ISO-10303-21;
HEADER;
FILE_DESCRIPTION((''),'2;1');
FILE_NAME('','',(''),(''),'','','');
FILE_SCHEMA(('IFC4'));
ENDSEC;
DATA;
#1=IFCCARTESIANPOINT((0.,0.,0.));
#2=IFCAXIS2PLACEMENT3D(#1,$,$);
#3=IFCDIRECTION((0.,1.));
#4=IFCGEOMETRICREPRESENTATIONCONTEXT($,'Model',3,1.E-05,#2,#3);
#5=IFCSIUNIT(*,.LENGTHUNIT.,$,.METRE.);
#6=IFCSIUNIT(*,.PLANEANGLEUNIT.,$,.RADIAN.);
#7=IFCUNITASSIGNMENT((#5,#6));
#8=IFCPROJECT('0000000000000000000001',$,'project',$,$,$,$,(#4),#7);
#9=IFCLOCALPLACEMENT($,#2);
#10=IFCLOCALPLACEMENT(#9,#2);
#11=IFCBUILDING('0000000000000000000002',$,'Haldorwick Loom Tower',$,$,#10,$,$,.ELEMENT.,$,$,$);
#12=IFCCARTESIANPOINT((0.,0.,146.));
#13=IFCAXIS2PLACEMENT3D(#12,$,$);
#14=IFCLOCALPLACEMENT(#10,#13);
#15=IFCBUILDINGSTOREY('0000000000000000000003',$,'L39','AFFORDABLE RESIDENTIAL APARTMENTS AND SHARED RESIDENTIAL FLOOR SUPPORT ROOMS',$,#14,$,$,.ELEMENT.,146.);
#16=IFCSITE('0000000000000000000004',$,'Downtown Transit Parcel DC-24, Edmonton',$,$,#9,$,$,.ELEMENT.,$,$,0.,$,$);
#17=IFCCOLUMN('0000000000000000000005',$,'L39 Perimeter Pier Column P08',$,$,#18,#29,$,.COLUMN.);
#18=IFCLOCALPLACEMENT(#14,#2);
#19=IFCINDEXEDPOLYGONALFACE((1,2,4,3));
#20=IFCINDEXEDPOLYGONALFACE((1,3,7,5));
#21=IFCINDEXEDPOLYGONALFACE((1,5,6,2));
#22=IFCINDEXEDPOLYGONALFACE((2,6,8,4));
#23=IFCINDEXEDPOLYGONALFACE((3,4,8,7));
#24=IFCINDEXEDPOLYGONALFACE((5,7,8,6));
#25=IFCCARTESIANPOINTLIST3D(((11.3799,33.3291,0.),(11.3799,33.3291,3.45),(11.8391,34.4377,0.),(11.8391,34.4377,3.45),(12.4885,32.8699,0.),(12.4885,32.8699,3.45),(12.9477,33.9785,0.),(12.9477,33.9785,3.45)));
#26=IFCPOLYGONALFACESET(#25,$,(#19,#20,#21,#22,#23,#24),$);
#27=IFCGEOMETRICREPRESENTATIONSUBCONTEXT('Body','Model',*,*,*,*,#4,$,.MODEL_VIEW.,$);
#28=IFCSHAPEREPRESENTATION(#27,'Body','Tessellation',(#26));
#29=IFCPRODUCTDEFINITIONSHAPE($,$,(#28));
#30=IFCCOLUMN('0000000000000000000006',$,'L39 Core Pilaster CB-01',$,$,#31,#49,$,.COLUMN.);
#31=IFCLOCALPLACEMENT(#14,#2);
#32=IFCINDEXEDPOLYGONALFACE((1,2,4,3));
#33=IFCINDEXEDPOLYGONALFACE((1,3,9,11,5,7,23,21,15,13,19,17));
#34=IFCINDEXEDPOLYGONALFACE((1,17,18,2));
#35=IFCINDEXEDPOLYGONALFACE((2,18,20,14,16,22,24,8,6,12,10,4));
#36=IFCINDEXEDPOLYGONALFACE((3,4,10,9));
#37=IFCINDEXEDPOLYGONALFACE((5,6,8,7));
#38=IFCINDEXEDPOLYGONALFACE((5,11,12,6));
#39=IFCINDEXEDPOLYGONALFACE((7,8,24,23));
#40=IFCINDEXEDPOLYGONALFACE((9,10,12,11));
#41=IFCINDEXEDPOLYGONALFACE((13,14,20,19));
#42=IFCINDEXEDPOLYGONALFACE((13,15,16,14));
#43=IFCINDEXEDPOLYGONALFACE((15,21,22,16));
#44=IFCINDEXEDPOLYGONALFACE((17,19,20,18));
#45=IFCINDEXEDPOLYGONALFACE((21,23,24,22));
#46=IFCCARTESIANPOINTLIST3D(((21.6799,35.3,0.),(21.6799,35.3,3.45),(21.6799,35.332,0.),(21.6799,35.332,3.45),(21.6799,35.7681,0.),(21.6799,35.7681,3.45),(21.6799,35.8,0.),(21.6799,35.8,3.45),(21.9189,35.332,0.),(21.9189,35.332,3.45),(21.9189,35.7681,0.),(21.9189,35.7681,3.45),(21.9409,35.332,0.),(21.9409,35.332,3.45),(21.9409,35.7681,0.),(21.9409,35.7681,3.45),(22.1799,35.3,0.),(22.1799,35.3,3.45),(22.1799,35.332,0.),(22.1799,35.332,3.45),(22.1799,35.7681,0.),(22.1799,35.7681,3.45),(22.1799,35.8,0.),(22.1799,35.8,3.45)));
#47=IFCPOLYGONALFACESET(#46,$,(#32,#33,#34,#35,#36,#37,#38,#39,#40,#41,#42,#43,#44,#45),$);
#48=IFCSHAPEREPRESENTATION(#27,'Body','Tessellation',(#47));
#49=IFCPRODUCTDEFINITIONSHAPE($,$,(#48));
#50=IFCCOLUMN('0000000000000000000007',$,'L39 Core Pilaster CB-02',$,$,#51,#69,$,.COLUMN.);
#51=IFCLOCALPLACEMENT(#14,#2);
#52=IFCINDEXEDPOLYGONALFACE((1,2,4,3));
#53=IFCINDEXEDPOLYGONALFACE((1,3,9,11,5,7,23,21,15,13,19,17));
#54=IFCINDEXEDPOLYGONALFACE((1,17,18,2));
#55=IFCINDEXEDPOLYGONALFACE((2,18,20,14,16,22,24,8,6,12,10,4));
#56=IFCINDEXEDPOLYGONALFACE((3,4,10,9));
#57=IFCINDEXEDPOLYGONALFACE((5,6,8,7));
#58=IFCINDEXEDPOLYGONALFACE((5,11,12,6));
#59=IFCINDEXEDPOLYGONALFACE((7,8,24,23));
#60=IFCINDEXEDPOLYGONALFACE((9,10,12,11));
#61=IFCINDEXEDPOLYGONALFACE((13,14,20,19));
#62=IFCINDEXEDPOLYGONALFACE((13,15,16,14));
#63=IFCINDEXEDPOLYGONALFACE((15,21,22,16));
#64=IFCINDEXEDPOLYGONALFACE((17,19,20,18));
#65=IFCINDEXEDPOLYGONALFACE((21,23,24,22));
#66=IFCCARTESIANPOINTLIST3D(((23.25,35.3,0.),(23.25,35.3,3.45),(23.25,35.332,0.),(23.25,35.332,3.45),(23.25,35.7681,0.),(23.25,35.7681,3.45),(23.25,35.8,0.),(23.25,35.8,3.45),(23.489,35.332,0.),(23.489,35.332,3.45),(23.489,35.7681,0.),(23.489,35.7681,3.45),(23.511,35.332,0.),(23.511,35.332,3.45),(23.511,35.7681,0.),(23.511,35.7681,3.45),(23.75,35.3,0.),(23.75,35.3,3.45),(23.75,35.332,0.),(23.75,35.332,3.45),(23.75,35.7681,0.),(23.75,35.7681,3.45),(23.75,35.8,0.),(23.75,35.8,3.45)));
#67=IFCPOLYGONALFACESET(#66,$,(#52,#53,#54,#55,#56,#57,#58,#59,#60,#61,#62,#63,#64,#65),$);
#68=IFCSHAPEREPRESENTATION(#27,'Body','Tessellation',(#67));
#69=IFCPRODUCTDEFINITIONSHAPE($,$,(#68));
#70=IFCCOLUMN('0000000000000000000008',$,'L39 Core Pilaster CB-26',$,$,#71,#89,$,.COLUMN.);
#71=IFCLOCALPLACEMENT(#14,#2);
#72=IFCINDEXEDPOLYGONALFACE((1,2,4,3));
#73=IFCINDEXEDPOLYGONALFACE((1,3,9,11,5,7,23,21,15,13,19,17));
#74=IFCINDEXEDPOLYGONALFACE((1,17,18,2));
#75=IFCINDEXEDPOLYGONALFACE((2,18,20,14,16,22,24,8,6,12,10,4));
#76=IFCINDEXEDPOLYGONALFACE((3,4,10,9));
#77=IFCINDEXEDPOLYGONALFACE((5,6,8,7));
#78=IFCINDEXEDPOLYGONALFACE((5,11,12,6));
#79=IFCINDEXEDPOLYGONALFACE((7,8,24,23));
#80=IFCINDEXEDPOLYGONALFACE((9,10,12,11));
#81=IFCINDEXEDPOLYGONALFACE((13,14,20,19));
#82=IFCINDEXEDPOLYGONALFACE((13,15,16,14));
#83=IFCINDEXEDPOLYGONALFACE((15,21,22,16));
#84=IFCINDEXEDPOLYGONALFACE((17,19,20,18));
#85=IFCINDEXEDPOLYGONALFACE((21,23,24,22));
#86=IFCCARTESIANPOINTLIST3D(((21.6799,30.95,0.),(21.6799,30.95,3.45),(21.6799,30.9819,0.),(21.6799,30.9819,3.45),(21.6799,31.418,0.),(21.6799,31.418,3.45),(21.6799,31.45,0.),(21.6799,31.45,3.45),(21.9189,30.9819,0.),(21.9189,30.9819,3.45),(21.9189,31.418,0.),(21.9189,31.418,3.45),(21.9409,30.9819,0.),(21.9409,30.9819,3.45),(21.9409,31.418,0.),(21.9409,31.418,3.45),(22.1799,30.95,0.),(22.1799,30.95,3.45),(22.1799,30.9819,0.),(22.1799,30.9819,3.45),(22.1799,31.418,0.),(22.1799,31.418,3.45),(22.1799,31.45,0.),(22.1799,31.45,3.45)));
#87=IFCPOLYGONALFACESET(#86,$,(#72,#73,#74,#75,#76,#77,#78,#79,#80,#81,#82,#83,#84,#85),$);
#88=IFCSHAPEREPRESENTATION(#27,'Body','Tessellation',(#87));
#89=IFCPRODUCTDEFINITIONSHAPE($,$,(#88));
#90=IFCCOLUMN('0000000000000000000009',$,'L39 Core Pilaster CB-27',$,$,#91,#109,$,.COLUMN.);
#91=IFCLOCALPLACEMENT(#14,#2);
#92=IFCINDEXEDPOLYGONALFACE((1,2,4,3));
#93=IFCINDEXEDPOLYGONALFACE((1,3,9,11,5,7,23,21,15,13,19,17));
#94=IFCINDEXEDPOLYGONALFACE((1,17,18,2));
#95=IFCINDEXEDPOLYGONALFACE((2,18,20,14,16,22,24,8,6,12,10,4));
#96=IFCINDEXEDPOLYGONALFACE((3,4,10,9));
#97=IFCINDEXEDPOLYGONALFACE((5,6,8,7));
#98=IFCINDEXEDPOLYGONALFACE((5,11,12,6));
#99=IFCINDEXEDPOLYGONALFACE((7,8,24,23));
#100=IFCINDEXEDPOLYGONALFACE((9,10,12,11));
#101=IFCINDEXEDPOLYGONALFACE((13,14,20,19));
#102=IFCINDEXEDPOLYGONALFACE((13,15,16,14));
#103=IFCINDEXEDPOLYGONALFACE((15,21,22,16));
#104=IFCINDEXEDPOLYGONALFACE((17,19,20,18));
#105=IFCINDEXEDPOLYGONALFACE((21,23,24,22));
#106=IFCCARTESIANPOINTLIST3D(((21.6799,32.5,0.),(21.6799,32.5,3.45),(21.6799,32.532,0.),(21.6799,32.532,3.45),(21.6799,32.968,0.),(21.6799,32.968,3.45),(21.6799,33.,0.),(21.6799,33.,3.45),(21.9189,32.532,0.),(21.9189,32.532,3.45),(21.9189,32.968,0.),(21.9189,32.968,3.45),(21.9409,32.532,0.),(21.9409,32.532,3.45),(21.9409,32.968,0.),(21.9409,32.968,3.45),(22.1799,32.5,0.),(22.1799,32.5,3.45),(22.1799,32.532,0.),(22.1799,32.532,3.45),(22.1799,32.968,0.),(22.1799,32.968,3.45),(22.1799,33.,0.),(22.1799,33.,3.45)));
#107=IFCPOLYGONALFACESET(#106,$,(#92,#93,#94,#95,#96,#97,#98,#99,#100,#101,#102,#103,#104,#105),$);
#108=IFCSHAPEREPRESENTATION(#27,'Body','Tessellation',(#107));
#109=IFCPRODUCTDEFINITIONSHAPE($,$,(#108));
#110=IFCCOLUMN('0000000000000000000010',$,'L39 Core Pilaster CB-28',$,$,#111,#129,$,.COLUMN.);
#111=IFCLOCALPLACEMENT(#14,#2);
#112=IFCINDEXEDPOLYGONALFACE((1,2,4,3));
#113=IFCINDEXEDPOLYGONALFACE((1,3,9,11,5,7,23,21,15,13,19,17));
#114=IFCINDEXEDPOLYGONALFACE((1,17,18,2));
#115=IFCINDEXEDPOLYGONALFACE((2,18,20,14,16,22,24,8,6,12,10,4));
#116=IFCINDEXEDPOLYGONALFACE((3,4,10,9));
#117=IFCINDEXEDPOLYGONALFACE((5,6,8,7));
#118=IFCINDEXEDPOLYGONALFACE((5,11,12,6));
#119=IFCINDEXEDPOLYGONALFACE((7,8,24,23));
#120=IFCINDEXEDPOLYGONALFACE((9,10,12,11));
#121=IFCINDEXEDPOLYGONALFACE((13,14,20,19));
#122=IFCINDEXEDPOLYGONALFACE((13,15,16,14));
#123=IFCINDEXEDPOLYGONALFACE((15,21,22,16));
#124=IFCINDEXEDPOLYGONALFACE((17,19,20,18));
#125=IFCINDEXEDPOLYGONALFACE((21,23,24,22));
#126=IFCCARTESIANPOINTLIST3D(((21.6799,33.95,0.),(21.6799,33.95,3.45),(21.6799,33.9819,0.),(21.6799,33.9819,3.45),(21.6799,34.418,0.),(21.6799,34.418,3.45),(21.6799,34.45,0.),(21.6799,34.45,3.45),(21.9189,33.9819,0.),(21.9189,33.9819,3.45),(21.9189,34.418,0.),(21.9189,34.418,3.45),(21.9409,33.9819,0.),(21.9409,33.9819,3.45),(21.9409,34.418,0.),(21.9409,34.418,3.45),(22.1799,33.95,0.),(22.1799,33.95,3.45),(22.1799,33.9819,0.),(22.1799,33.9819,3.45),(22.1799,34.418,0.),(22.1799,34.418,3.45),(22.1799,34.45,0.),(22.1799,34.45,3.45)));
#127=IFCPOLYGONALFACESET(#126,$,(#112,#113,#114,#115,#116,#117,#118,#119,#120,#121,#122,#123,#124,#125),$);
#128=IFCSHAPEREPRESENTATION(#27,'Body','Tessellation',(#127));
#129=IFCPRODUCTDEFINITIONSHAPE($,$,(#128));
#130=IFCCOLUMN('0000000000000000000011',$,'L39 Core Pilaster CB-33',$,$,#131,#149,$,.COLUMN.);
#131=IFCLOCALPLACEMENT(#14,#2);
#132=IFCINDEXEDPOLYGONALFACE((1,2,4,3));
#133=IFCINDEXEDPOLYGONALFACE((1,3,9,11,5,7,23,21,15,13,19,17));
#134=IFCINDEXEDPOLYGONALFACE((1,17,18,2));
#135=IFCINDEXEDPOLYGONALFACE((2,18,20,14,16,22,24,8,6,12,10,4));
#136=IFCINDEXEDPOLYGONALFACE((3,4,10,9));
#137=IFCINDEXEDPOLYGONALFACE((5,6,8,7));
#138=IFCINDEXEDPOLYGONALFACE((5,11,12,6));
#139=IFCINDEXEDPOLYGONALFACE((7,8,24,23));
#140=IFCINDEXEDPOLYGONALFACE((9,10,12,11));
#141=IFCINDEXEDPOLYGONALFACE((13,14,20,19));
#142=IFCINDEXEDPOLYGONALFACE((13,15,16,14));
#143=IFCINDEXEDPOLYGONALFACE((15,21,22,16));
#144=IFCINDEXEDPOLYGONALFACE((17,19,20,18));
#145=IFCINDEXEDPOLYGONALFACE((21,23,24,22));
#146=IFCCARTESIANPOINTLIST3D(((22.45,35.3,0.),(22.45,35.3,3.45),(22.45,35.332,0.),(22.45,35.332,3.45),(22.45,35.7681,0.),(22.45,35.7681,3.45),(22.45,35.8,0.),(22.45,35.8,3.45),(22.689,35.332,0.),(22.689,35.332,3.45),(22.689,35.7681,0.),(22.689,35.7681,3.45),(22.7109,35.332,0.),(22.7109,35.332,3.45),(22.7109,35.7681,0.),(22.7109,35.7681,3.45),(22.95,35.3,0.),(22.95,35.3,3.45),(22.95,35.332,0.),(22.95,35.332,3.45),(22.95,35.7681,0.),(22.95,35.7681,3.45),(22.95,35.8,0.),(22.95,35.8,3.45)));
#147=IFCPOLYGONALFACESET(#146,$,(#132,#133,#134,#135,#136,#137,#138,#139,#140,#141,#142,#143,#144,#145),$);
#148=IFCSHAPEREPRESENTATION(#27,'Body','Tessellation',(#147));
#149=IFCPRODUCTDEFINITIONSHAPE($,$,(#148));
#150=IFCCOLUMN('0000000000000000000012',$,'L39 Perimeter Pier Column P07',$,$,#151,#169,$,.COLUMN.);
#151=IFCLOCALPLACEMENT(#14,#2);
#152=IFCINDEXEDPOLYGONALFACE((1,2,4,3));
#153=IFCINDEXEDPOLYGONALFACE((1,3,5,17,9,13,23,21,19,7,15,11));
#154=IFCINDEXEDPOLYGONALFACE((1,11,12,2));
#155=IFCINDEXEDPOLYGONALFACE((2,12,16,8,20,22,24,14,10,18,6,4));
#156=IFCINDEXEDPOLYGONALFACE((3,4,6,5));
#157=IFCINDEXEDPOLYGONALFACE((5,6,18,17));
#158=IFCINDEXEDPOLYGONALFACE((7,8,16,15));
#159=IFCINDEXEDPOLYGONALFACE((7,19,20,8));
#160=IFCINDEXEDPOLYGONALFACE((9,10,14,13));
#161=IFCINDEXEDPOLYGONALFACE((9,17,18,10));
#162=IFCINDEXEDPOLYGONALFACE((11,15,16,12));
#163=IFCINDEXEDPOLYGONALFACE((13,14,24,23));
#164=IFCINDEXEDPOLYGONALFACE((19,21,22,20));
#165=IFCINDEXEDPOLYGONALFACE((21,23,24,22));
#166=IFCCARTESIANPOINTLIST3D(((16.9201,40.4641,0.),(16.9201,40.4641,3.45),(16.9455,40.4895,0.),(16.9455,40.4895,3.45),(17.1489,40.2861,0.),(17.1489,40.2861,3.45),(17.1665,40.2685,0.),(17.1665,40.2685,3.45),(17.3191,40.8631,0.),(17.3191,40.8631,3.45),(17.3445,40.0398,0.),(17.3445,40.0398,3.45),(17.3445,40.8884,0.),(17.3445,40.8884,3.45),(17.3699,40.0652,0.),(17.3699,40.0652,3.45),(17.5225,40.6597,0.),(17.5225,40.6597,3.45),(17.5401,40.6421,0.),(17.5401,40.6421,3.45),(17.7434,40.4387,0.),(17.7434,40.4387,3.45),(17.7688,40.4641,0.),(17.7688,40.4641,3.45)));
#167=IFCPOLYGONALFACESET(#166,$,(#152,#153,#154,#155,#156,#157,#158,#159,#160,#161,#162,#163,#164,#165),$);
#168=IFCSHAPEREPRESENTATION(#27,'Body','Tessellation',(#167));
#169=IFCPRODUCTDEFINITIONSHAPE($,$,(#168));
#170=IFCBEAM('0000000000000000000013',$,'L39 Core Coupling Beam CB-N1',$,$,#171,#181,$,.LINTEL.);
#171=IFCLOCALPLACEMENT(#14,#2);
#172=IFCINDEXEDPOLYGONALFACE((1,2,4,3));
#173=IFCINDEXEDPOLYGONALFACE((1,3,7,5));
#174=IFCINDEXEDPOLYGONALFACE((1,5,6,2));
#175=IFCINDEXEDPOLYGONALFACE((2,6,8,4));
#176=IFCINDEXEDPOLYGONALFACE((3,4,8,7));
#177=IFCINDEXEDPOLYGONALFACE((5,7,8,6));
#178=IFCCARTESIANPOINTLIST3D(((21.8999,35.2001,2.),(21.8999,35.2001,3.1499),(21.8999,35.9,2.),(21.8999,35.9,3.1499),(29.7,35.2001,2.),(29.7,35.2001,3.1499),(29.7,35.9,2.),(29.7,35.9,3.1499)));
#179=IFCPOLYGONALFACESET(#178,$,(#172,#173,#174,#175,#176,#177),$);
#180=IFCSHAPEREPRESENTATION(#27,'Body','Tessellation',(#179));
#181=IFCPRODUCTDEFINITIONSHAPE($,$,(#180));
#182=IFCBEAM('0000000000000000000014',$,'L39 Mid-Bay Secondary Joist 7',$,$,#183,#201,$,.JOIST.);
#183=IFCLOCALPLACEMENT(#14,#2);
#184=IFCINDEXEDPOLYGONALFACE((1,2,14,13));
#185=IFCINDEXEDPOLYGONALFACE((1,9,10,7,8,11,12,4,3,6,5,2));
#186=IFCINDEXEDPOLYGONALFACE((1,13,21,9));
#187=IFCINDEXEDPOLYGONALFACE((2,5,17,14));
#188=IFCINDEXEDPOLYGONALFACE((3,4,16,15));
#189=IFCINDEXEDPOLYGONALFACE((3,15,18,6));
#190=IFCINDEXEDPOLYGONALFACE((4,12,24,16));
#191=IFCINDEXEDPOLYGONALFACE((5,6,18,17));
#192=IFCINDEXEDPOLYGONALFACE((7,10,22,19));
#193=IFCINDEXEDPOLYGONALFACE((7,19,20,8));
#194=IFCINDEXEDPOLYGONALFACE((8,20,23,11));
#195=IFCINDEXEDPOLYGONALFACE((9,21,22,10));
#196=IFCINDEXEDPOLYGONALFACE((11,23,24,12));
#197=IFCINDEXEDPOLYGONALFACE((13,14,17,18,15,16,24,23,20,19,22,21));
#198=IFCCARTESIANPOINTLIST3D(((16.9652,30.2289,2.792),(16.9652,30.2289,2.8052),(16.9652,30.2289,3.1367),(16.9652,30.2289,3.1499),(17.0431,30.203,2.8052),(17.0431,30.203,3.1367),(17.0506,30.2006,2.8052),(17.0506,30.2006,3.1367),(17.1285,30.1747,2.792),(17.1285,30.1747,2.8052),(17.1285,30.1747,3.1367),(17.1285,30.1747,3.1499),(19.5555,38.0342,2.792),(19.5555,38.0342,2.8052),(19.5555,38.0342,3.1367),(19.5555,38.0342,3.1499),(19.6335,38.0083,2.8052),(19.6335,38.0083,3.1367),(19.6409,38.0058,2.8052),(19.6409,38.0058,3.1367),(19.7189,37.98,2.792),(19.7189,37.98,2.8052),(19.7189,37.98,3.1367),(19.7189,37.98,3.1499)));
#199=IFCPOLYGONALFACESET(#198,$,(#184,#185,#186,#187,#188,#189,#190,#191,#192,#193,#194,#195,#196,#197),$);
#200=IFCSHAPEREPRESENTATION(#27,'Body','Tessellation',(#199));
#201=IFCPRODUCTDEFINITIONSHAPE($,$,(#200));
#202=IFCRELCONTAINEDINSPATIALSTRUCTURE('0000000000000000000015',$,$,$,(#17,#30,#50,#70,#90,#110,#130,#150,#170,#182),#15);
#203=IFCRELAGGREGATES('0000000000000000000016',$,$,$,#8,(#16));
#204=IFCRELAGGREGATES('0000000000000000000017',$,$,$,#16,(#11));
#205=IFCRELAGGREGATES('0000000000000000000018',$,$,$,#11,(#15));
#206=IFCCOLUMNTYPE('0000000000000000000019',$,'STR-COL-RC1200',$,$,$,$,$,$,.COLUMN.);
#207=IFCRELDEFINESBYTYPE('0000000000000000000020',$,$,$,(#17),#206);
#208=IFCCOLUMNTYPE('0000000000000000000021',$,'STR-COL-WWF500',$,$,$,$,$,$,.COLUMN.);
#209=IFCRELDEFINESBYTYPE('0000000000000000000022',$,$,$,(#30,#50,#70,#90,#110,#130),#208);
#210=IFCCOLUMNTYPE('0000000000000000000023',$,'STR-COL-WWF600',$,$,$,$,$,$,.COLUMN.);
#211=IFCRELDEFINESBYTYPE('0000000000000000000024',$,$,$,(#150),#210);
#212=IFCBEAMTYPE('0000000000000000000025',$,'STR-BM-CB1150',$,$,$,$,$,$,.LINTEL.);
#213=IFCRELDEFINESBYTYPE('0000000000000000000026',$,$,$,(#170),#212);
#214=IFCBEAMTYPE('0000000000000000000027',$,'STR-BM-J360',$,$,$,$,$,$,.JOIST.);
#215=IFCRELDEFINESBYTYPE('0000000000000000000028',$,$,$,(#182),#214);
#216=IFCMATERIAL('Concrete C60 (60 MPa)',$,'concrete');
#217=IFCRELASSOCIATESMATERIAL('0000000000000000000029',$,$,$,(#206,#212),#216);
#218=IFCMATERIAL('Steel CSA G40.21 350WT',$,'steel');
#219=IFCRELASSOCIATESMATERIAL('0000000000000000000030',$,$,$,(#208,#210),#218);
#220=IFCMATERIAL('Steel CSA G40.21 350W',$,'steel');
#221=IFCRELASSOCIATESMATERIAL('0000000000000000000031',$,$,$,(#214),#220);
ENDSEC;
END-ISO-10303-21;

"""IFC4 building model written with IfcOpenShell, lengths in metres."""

from ifc_helpers import new_model, si_unit, direction, frame, origin, origin_2d, place, context, subcontext, project, spatial, rectangle, i_section, extrude, material, material_profile, profile_set, type_object, element, save


model = new_model("IFC4")

# Units and contexts
model_context = context("Model", 3, precision=1e-05, world=origin(), true_north=direction((0.0, 1.0)))
body_context = subcontext(model_context, "Body", "Model", "MODEL_VIEW")
ifc_project = project(units=[si_unit("LENGTHUNIT", "METRE"), si_unit("PLANEANGLEUNIT", "RADIAN")], contexts=[model_context])

# Site, building, storey
site_placement = place(None, origin())
site = spatial("IfcSite", under=ifc_project, at=site_placement, Name="Downtown Transit Parcel DC-24, Edmonton", CompositionType="ELEMENT", RefElevation=0.0)
building_placement = place(site_placement, origin())
building = spatial("IfcBuilding", under=site, at=building_placement, Name="Haldorwick Loom Tower", CompositionType="ELEMENT")
storey_placement = place(building_placement, frame((0.0, 0.0, 146.0)))
storey = spatial("IfcBuildingStorey", under=building, at=storey_placement, Name="L39", Description="AFFORDABLE RESIDENTIAL APARTMENTS AND SHARED RESIDENTIAL FLOOR SUPPORT ROOMS", CompositionType="ELEMENT", Elevation=146.0)

# Columns
ifc_material_1 = material(Name="Concrete C60 (60 MPa)", Category="concrete")
ifc_material_profile_1 = material_profile(ifc_material_1, rectangle(XDim=1.2, YDim=1.2, at=origin_2d()), Name="RC1200X1200", Category="concrete")
ifc_profile_set_1 = profile_set([ifc_material_profile_1], Name="Concrete C60 (60 MPa)")
column_type_1 = type_object("IfcColumnType", Name="STR-COL-RC1200", PredefinedType="COLUMN", material=ifc_profile_set_1)
column_1_placement = place(storey_placement, frame((12.1638, 33.6538, 0.0), z_axis=(0.0, 0.0, 1.0), x_axis=(-0.92388, 0.382683, 0.0)))
element("IfcColumn", 1, at=column_1_placement, inside=storey, type_object=column_type_1, Name="L39 Perimeter Pier Column P08", PredefinedType="COLUMN", context=body_context, shape_type="SweptSolid", body=[
    extrude(rectangle(XDim=1.2, YDim=1.2, at=origin_2d()), origin(), (0.0, 0.0, 1.0), 3.45),
])
ifc_material_2 = material(Name="Steel CSA G40.21 350WT", Category="steel")
ifc_material_profile_2 = material_profile(ifc_material_2, i_section(OverallWidth=0.5, OverallDepth=0.5, WebThickness=0.022, FlangeThickness=0.032, at=origin_2d()), Name="WWF500X500", Category="steel")
ifc_profile_set_2 = profile_set([ifc_material_profile_2], Name="Steel CSA G40.21 350WT")
column_type_2 = type_object("IfcColumnType", Name="STR-COL-WWF500", PredefinedType="COLUMN", material=ifc_profile_set_2)
for number, where, z_axis, x_axis, name in (
    (2, (21.9299, 35.55, 0.0), (0.0, 0.0, 1.0), (1.0, 0.0, 0.0), "L39 Core Pilaster CB-01"),
    (3, (23.5, 35.55, 0.0), (0.0, 0.0, 1.0), (1.0, 0.0, 0.0), "L39 Core Pilaster CB-02"),
    (4, (21.9299, 31.2, 0.0), (0.0, 0.0, 1.0), (1.0, 0.0, 0.0), "L39 Core Pilaster CB-26"),
    (5, (21.9299, 32.75, 0.0), (0.0, 0.0, 1.0), (1.0, 0.0, 0.0), "L39 Core Pilaster CB-27"),
    (6, (21.9299, 34.2, 0.0), (0.0, 0.0, 1.0), (1.0, 0.0, 0.0), "L39 Core Pilaster CB-28"),
    (7, (22.7, 35.55, 0.0), (0.0, 0.0, 1.0), (1.0, 0.0, 0.0), "L39 Core Pilaster CB-33"),
):
    element("IfcColumn", number, at=place(storey_placement, frame(where, z_axis=z_axis, x_axis=x_axis)), inside=storey, type_object=column_type_2, Name=name, PredefinedType="COLUMN", context=body_context, shape_type="SweptSolid", body=[
        extrude(i_section(OverallWidth=0.5, OverallDepth=0.5, WebThickness=0.022, FlangeThickness=0.032, at=origin_2d()), origin(), (0.0, 0.0, 1.0), 3.45),
    ])
ifc_material_profile_3 = material_profile(ifc_material_2, i_section(OverallWidth=0.6001, OverallDepth=0.6001, WebThickness=0.0249, FlangeThickness=0.0359, at=origin_2d()), Name="WWF600X600", Category="steel")
ifc_profile_set_3 = profile_set([ifc_material_profile_3], Name="Steel CSA G40.21 350WT")
column_type_3 = type_object("IfcColumnType", Name="STR-COL-WWF600", PredefinedType="COLUMN", material=ifc_profile_set_3)
column_2_placement = place(storey_placement, frame((17.3445, 40.4641, 0.0), z_axis=(0.0, 0.0, 1.0), x_axis=(-0.707107, 0.707107, 0.0)))
element("IfcColumn", 8, at=column_2_placement, inside=storey, type_object=column_type_3, Name="L39 Perimeter Pier Column P07", PredefinedType="COLUMN", context=body_context, shape_type="SweptSolid", body=[
    extrude(i_section(OverallWidth=0.6001, OverallDepth=0.6001, WebThickness=0.0249, FlangeThickness=0.0359, at=origin_2d()), origin(), (0.0, 0.0, 1.0), 3.45),
])

# Beams
ifc_material_profile_4 = material_profile(ifc_material_1, rectangle(XDim=0.7, YDim=1.1499, at=origin_2d()), Name="RC700X1150", Category="concrete")
ifc_profile_set_4 = profile_set([ifc_material_profile_4], Name="Concrete C60 (60 MPa)")
beam_type_1 = type_object("IfcBeamType", Name="STR-BM-CB1150", PredefinedType="LINTEL", material=ifc_profile_set_4)
beam_1_placement = place(storey_placement, frame((21.8999, 35.55, 2.575), z_axis=(1.0, 0.0, 0.0), x_axis=(0.0, 1.0, 0.0)))
element("IfcBeam", 9, at=beam_1_placement, inside=storey, type_object=beam_type_1, Name="L39 Core Coupling Beam CB-N1", PredefinedType="LINTEL", context=body_context, shape_type="SweptSolid", body=[
    extrude(rectangle(XDim=0.7, YDim=1.1499, at=origin_2d()), origin(), (0.0, 0.0, 1.0), 7.8),
])
ifc_material_3 = material(Name="Steel CSA G40.21 350W", Category="steel")
ifc_material_profile_5 = material_profile(ifc_material_3, i_section(OverallWidth=0.1721, OverallDepth=0.3579, WebThickness=0.0078, FlangeThickness=0.0132, at=origin_2d()), Name="W360X57", Category="steel")
ifc_profile_set_5 = profile_set([ifc_material_profile_5], Name="Steel CSA G40.21 350W")
beam_type_2 = type_object("IfcBeamType", Name="STR-BM-J360", PredefinedType="JOIST", material=ifc_profile_set_5)
beam_2_placement = place(storey_placement, frame((19.6372, 38.0071, 2.9709), z_axis=(-0.314981, -0.949098, 0.0), x_axis=(0.949098, -0.314981, 0.0)))
element("IfcBeam", 10, at=beam_2_placement, inside=storey, type_object=beam_type_2, Name="L39 Mid-Bay Secondary Joist 7", PredefinedType="JOIST", context=body_context, shape_type="SweptSolid", body=[
    extrude(i_section(OverallWidth=0.1721, OverallDepth=0.3579, WebThickness=0.0078, FlangeThickness=0.0132, at=origin_2d()), origin(), (0.0, 0.0, 1.0), 8.2239),
])

save(model, "model.ifc")
